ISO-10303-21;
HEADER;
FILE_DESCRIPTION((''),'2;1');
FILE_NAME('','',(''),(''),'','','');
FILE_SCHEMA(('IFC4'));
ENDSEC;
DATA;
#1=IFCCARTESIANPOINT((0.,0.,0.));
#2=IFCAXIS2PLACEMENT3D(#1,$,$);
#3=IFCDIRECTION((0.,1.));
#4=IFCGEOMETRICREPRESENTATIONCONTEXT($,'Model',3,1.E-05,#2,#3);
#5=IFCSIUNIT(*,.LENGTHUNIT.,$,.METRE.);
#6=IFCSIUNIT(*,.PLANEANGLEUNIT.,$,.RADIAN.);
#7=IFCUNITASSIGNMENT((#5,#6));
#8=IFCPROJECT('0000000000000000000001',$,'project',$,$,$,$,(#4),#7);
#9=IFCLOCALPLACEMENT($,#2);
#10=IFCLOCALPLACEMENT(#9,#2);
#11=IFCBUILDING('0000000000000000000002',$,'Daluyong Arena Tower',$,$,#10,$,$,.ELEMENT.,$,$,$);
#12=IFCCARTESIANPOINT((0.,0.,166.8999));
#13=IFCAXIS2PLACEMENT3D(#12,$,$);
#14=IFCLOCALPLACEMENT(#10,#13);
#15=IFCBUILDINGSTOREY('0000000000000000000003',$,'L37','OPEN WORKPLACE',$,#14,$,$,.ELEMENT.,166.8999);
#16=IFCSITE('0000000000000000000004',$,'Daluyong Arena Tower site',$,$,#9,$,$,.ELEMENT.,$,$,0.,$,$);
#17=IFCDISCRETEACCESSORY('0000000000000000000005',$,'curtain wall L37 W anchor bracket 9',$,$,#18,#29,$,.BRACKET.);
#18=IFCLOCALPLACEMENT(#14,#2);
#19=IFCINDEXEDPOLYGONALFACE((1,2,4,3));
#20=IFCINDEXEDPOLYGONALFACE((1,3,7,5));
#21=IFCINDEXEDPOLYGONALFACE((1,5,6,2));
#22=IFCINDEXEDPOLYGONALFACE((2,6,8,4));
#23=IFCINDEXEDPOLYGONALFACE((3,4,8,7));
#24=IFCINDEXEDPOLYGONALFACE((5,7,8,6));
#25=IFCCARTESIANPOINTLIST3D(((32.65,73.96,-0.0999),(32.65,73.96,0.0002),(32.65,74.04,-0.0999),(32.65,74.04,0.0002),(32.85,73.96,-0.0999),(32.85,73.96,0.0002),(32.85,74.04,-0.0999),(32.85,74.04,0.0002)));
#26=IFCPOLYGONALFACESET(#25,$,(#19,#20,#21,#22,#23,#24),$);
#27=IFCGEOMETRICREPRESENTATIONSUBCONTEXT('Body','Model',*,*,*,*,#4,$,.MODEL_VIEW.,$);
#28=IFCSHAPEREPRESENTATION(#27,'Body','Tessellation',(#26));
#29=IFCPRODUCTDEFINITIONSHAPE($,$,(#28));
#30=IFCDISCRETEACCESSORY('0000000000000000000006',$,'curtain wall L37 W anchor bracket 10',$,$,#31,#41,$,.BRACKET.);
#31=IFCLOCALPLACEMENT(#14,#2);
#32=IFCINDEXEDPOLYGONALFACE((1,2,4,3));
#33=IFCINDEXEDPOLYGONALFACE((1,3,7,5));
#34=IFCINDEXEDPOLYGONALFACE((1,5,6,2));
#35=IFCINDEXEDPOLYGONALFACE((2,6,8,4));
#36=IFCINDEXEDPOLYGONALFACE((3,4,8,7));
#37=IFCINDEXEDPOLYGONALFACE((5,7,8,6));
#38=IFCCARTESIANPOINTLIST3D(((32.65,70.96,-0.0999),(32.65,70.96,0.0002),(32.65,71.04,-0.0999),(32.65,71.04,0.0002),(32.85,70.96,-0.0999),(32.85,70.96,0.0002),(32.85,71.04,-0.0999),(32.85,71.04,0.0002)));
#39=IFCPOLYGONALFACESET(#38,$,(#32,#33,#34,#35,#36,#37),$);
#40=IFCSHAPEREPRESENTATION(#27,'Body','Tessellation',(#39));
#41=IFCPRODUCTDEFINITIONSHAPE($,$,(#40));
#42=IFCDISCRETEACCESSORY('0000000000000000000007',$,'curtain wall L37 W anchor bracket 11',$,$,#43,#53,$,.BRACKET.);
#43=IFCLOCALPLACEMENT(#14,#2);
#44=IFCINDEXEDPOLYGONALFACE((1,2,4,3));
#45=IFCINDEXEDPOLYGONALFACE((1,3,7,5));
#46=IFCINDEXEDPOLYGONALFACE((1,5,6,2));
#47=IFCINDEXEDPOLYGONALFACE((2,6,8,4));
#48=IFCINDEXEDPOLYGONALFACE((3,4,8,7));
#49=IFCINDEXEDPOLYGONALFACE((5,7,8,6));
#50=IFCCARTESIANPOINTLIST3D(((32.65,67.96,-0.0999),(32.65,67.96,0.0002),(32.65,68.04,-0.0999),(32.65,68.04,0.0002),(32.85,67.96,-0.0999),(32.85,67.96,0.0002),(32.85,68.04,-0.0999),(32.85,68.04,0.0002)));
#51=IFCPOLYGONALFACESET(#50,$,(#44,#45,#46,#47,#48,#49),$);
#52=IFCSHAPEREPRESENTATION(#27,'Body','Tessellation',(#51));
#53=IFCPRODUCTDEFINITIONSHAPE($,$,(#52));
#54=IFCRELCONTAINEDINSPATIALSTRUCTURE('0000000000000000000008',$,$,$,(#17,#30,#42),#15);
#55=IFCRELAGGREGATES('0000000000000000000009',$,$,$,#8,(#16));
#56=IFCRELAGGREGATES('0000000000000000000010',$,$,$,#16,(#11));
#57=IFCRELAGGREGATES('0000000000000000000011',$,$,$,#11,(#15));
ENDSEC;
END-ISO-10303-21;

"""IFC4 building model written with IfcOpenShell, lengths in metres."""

from ifc_helpers import new_model, si_unit, direction, frame, origin, origin_2d, place, context, subcontext, project, spatial, rectangle, extrude, element, save


model = new_model("IFC4")

# Units and contexts
model_context = context("Model", 3, precision=1e-05, world=origin(), true_north=direction((0.0, 1.0)))
body_context = subcontext(model_context, "Body", "Model", "MODEL_VIEW")
ifc_project = project(units=[si_unit("LENGTHUNIT", "METRE"), si_unit("PLANEANGLEUNIT", "RADIAN")], contexts=[model_context])

# Site, building, storey
site_placement = place(None, origin())
site = spatial("IfcSite", under=ifc_project, at=site_placement, Name="Daluyong Arena Tower site", CompositionType="ELEMENT", RefElevation=0.0)
building_placement = place(site_placement, origin())
building = spatial("IfcBuilding", under=site, at=building_placement, Name="Daluyong Arena Tower", CompositionType="ELEMENT")
storey_placement = place(building_placement, frame((0.0, 0.0, 166.8999)))
storey = spatial("IfcBuildingStorey", under=building, at=storey_placement, Name="L37", Description="OPEN WORKPLACE", CompositionType="ELEMENT", Elevation=166.8999)

# Discrete accessories
for number, where, z_axis, x_axis, name in (
    (1, (32.75, 74.0, -0.0999), (0.0, 0.0, 1.0), (0.0, -1.0, 0.0), "curtain wall L37 W anchor bracket 9"),
    (2, (32.75, 71.0, -0.0999), (0.0, 0.0, 1.0), (0.0, -1.0, 0.0), "curtain wall L37 W anchor bracket 10"),
    (3, (32.75, 68.0, -0.0999), (0.0, 0.0, 1.0), (0.0, -1.0, 0.0), "curtain wall L37 W anchor bracket 11"),
):
    element("IfcDiscreteAccessory", number, at=place(storey_placement, frame(where, z_axis=z_axis, x_axis=x_axis)), inside=storey, Name=name, PredefinedType="BRACKET", context=body_context, shape_type="SweptSolid", body=[
        extrude(rectangle(XDim=0.0801, YDim=0.2, at=origin_2d()), origin(), (0.0, 0.0, 1.0), 0.1001),
    ])

save(model, "model.ifc")
